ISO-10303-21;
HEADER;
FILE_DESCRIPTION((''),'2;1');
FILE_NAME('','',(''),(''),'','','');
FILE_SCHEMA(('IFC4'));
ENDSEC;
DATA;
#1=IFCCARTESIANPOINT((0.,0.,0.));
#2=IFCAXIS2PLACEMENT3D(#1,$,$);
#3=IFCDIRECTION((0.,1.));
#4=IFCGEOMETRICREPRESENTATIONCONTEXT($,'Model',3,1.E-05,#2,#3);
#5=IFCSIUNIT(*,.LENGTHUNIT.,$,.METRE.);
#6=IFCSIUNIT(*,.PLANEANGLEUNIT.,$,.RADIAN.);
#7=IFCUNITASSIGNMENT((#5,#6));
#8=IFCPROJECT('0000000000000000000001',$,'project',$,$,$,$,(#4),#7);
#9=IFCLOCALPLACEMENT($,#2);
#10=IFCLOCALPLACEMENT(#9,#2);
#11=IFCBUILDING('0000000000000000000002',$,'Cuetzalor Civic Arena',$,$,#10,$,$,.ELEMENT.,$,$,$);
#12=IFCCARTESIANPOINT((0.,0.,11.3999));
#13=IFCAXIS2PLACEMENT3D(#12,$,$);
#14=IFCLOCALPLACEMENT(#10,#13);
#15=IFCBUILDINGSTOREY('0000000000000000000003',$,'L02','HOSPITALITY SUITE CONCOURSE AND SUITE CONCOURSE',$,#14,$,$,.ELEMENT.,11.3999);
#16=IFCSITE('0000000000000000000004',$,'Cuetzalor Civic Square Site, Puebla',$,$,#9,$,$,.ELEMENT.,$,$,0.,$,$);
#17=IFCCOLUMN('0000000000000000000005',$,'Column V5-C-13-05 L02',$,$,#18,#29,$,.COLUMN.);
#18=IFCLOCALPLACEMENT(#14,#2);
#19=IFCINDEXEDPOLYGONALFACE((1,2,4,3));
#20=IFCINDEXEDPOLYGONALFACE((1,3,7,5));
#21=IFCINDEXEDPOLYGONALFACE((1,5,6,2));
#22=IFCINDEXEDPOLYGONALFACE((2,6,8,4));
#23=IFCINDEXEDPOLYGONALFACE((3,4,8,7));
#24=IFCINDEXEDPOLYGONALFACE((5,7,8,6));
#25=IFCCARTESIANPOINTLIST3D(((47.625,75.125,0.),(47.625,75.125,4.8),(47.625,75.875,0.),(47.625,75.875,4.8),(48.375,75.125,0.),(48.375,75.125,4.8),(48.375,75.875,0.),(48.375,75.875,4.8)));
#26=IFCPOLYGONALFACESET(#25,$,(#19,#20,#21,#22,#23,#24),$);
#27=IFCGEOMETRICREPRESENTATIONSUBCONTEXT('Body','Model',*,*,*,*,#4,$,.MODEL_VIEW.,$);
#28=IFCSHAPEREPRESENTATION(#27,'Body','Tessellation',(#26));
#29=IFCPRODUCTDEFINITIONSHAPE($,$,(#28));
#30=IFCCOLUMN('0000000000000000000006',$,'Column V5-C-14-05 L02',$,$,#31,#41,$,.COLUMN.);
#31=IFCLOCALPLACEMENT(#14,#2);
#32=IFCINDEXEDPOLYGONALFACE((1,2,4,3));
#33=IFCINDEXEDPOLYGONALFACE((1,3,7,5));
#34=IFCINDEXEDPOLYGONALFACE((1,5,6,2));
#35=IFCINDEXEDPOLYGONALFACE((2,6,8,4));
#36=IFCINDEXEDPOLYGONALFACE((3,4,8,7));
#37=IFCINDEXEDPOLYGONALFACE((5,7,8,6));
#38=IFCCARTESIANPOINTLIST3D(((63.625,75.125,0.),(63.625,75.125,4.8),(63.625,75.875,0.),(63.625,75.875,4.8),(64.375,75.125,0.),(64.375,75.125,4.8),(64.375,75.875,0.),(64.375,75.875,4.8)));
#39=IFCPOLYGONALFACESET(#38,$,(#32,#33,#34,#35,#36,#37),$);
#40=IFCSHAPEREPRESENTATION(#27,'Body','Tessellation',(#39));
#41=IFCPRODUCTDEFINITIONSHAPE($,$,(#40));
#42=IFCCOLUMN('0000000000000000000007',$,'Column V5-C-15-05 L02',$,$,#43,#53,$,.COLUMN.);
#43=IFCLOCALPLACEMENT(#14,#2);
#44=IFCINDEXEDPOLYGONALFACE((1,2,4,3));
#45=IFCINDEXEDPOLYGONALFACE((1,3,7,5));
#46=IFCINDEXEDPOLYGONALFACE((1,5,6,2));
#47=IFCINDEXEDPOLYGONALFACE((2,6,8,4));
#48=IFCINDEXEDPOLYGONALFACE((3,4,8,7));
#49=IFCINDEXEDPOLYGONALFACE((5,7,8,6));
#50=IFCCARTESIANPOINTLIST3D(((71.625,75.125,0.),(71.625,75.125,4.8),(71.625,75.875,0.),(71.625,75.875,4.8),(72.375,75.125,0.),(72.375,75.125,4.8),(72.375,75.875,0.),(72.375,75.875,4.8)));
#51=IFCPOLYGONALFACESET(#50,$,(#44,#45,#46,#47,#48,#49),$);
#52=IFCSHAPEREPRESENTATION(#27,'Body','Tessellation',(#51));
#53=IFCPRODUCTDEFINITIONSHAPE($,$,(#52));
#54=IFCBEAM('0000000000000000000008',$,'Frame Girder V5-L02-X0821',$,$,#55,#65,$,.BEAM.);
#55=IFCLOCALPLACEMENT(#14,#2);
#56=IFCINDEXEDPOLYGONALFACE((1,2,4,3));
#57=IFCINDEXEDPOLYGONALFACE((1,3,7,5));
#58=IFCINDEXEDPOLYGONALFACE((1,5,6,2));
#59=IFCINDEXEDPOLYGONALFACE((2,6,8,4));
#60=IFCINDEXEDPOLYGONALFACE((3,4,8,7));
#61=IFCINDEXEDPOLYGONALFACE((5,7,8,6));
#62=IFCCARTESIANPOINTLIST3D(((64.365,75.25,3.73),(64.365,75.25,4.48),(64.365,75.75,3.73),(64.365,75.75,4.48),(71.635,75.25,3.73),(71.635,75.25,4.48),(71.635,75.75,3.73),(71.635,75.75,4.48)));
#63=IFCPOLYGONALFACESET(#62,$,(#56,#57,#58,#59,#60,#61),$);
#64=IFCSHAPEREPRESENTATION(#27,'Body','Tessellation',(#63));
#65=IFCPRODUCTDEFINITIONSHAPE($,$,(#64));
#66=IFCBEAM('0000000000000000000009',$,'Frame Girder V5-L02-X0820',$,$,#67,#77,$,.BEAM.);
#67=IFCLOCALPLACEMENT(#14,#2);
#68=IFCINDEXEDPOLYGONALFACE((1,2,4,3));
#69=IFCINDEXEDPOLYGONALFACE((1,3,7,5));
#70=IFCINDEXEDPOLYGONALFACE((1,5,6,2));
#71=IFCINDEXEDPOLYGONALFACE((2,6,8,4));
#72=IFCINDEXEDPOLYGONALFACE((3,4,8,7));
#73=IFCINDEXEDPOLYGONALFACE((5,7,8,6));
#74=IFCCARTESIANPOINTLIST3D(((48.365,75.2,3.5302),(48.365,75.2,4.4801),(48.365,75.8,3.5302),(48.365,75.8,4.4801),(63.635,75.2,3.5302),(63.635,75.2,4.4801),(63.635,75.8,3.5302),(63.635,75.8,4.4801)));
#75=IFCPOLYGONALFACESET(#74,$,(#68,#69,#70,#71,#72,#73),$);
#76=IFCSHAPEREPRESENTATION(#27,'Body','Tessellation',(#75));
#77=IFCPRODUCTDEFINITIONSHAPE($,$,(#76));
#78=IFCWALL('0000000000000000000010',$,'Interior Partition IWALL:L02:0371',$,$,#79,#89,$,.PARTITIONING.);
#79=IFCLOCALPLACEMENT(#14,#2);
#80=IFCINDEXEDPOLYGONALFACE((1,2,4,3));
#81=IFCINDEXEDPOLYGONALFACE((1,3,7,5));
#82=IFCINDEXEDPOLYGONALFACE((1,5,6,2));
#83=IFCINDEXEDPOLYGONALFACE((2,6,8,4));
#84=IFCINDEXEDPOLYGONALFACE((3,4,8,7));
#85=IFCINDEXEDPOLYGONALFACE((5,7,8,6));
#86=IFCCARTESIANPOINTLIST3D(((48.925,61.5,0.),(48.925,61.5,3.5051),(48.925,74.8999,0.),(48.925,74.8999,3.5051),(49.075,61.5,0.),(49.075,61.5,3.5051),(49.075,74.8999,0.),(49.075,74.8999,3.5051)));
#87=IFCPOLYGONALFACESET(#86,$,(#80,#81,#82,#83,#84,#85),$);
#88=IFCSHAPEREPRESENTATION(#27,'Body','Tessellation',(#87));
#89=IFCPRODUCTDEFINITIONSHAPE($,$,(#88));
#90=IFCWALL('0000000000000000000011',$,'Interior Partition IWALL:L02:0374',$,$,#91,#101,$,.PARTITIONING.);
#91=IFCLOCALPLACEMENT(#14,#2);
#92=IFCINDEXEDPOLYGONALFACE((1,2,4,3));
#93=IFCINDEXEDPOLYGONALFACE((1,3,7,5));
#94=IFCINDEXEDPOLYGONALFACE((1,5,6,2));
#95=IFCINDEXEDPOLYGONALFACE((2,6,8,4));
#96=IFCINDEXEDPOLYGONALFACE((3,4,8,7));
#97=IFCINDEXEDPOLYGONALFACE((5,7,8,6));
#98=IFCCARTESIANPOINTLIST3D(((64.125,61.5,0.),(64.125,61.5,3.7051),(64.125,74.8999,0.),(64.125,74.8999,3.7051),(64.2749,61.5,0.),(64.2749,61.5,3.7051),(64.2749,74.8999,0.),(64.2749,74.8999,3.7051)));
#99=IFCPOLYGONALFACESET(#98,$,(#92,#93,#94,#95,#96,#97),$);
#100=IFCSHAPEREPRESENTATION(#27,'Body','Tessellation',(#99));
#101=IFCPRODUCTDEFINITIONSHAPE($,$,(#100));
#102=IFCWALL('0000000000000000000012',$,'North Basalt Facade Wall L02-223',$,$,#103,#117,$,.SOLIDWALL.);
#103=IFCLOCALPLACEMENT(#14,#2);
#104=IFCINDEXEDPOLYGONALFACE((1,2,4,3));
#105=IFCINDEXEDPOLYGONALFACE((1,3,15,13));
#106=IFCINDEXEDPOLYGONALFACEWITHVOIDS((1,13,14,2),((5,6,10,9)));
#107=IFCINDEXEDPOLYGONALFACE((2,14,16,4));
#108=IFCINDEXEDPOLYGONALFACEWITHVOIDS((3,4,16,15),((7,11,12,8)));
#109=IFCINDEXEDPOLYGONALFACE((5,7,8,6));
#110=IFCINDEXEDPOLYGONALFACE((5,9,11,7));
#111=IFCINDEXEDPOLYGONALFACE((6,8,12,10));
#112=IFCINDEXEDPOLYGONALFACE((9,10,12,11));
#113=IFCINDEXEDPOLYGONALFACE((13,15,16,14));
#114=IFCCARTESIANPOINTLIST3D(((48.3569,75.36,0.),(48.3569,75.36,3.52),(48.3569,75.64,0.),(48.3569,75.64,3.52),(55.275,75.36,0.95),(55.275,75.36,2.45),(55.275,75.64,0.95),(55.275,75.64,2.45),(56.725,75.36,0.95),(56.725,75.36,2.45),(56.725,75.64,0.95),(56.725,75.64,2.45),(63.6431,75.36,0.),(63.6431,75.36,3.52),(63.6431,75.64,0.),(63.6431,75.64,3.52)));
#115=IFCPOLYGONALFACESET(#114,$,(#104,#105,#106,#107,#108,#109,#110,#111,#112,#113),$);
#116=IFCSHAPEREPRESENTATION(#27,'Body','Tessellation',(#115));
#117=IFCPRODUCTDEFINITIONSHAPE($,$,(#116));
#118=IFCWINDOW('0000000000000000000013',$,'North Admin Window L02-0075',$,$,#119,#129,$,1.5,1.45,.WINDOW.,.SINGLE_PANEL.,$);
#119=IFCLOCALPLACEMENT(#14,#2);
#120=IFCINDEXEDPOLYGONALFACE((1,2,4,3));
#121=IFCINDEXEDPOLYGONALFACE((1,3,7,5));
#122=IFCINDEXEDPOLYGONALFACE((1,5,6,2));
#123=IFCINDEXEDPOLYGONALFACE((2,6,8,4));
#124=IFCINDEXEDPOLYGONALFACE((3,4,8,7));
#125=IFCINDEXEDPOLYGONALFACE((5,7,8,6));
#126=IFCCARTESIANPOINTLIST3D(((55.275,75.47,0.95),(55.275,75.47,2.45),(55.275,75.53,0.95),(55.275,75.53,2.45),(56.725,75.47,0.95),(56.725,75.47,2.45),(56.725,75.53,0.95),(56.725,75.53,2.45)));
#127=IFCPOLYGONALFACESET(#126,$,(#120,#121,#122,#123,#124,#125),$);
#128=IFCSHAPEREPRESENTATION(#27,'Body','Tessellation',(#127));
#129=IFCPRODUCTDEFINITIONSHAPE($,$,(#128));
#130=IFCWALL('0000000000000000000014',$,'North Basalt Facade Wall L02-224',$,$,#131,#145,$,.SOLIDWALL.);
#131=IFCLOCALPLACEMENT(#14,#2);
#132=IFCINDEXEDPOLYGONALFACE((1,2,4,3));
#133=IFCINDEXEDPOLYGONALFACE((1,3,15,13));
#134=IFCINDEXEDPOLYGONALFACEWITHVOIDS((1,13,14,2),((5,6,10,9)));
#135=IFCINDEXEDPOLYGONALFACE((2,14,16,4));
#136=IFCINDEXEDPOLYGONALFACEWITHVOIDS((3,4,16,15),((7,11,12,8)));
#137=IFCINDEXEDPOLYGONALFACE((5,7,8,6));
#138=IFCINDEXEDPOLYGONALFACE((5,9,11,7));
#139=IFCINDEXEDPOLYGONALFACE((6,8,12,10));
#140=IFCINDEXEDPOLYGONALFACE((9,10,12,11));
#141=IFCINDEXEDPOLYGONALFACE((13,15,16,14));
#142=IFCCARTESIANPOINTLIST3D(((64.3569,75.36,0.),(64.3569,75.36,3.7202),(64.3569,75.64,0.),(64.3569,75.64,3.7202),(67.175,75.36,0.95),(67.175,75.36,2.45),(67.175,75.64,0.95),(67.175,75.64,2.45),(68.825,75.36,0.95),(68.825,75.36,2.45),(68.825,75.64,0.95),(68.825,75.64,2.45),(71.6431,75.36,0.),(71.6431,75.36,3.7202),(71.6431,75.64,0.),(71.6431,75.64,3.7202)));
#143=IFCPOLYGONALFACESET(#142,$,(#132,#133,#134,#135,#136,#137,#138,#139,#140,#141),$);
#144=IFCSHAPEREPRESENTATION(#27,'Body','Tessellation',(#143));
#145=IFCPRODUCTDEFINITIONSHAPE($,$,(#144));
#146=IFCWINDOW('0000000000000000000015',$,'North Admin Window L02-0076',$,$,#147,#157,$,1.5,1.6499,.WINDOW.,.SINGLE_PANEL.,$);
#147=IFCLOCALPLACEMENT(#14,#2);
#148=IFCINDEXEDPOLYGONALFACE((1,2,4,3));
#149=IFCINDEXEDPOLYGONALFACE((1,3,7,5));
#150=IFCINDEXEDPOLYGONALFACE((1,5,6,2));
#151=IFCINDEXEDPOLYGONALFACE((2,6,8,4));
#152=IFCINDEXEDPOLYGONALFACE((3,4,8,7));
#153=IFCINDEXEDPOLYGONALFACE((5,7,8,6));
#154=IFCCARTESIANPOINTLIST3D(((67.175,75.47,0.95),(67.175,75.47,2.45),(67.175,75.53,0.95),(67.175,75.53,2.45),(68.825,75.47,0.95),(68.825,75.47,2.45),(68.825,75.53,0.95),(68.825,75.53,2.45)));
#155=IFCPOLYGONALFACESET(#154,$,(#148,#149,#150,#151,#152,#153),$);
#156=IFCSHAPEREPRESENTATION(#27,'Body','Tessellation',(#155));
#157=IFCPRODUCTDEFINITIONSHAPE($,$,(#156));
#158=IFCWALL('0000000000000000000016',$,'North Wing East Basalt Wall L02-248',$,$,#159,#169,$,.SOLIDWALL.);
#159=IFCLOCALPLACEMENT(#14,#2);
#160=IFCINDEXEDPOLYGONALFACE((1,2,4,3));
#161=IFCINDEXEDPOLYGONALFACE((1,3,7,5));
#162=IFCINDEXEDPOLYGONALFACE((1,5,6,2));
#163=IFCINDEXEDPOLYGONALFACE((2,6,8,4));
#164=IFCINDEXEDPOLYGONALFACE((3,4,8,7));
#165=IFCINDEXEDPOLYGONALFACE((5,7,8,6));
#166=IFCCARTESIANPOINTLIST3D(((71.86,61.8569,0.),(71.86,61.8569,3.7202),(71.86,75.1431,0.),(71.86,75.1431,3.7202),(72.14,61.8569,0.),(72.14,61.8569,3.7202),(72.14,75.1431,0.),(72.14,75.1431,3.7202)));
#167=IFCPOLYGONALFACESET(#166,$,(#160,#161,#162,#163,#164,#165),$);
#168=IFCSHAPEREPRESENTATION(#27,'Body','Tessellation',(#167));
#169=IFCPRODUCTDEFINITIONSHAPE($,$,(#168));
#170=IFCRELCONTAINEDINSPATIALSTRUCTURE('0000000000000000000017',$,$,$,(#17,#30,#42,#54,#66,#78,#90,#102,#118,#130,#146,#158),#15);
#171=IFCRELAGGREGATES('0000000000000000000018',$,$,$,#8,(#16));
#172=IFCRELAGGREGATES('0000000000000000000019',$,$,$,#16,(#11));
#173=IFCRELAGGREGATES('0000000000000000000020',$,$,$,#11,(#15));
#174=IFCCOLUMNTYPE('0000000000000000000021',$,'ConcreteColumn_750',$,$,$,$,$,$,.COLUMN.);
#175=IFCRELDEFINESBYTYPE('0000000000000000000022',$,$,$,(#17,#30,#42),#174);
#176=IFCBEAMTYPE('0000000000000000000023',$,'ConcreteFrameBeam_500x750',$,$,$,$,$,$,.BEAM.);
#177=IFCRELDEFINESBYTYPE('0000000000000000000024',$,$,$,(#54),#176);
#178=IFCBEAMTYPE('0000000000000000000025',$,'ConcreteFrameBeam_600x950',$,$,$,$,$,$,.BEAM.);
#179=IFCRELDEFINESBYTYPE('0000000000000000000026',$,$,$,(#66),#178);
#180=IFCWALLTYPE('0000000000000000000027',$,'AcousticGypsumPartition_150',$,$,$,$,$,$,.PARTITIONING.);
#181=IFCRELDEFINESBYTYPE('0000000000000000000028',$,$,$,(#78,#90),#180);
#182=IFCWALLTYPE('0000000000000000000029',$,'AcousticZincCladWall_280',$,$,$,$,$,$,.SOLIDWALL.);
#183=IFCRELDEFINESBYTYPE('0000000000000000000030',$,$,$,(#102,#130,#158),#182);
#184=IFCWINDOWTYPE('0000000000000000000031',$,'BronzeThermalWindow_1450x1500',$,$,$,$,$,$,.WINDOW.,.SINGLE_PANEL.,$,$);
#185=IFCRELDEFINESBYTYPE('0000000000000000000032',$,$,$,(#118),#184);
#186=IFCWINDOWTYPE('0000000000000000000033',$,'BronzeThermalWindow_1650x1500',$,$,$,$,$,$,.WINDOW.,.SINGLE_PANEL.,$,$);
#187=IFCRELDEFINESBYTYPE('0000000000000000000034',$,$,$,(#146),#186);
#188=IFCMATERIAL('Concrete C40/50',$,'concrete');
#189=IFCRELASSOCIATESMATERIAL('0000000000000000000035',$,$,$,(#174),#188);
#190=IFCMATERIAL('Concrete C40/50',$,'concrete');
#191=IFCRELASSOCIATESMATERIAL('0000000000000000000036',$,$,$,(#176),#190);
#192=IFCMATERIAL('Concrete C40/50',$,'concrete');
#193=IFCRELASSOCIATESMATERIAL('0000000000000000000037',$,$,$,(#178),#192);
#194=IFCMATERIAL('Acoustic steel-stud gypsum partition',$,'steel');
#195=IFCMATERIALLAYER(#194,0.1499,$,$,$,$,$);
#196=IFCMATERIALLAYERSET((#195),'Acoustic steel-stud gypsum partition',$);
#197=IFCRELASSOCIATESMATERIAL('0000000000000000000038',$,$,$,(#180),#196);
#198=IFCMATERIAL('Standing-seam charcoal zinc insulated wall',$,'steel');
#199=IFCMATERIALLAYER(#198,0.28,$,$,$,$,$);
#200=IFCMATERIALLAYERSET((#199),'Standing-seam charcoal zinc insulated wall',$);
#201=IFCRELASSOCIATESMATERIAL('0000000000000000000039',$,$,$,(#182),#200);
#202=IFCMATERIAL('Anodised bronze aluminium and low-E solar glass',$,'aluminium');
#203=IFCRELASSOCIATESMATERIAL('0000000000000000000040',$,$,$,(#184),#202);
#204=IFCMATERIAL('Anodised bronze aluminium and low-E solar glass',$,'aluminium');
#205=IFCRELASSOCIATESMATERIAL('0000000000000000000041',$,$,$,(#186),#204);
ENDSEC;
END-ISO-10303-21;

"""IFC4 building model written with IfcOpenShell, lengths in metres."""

from ifc_helpers import new_model, si_unit, direction, frame, frame_2d, origin, origin_2d, place, context, subcontext, project, spatial, rectangle, extrude, material, layer, layer_set, material_profile, profile_set, type_object, element, fill, save


model = new_model("IFC4")

# Units and contexts
model_context = context("Model", 3, precision=1e-05, world=origin(), true_north=direction((0.0, 1.0)))
body_context = subcontext(model_context, "Body", "Model", "MODEL_VIEW")
ifc_project = project(units=[si_unit("LENGTHUNIT", "METRE"), si_unit("PLANEANGLEUNIT", "RADIAN")], contexts=[model_context])

# Site, building, storey
site_placement = place(None, origin())
site = spatial("IfcSite", under=ifc_project, at=site_placement, Name="Cuetzalor Civic Square Site, Puebla", CompositionType="ELEMENT", RefElevation=0.0)
building_placement = place(site_placement, origin())
building = spatial("IfcBuilding", under=site, at=building_placement, Name="Cuetzalor Civic Arena", CompositionType="ELEMENT")
storey_placement = place(building_placement, frame((0.0, 0.0, 11.3999)))
storey = spatial("IfcBuildingStorey", under=building, at=storey_placement, Name="L02", Description="HOSPITALITY SUITE CONCOURSE AND SUITE CONCOURSE", CompositionType="ELEMENT", Elevation=11.3999)

# Columns
ifc_material_1 = material(Name="Concrete C40/50", Category="concrete")
ifc_material_profile_1 = material_profile(ifc_material_1, rectangle(XDim=0.75, YDim=0.75, at=origin_2d()), Name="RC 750x750")
ifc_profile_set_1 = profile_set([ifc_material_profile_1], Name="Concrete C40/50")
column_type = type_object("IfcColumnType", Name="ConcreteColumn_750", PredefinedType="COLUMN", material=ifc_profile_set_1)
for number, where, z_axis, x_axis, name in (
    (1, (48.0, 75.5, 0.0), (0.0, 0.0, 1.0), (1.0, 0.0, 0.0), "Column V5-C-13-05 L02"),
    (2, (64.0, 75.5, 0.0), (0.0, 0.0, 1.0), (1.0, 0.0, 0.0), "Column V5-C-14-05 L02"),
    (3, (72.0, 75.5, 0.0), (0.0, 0.0, 1.0), (1.0, 0.0, 0.0), "Column V5-C-15-05 L02"),
):
    element("IfcColumn", number, at=place(storey_placement, frame(where, z_axis=z_axis, x_axis=x_axis)), inside=storey, type_object=column_type, Name=name, PredefinedType="COLUMN", context=body_context, shape_type="SweptSolid", body=[
        extrude(rectangle(XDim=0.75, YDim=0.75, at=origin_2d()), origin(), (0.0, 0.0, 1.0), 4.8),
    ])

# Beams
ifc_material_2 = material(Name="Concrete C40/50", Category="concrete")
ifc_material_profile_2 = material_profile(ifc_material_2, rectangle(XDim=0.5, YDim=0.75, at=origin_2d()), Name="RC 500x750")
ifc_profile_set_2 = profile_set([ifc_material_profile_2], Name="Concrete C40/50")
beam_type_1 = type_object("IfcBeamType", Name="ConcreteFrameBeam_500x750", PredefinedType="BEAM", material=ifc_profile_set_2)
beam_1_placement = place(storey_placement, frame((64.365, 75.5, 4.105), z_axis=(1.0, 0.0, 0.0), x_axis=(0.0, 1.0, 0.0)))
element("IfcBeam", 4, at=beam_1_placement, inside=storey, type_object=beam_type_1, Name="Frame Girder V5-L02-X0821", PredefinedType="BEAM", context=body_context, shape_type="SweptSolid", body=[
    extrude(rectangle(XDim=0.5, YDim=0.75, at=origin_2d()), origin(), (0.0, 0.0, 1.0), 7.27),
])
ifc_material_3 = material(Name="Concrete C40/50", Category="concrete")
ifc_material_profile_3 = material_profile(ifc_material_3, rectangle(XDim=0.6001, YDim=0.95, at=origin_2d()), Name="RC 600x950")
ifc_profile_set_3 = profile_set([ifc_material_profile_3], Name="Concrete C40/50")
beam_type_2 = type_object("IfcBeamType", Name="ConcreteFrameBeam_600x950", PredefinedType="BEAM", material=ifc_profile_set_3)
beam_2_placement = place(storey_placement, frame((48.365, 75.5, 4.0051), z_axis=(1.0, 0.0, 0.0), x_axis=(0.0, 1.0, 0.0)))
element("IfcBeam", 5, at=beam_2_placement, inside=storey, type_object=beam_type_2, Name="Frame Girder V5-L02-X0820", PredefinedType="BEAM", context=body_context, shape_type="SweptSolid", body=[
    extrude(rectangle(XDim=0.6001, YDim=0.95, at=origin_2d()), origin(), (0.0, 0.0, 1.0), 15.27),
])

# Walls
ifc_material_4 = material(Name="Acoustic steel-stud gypsum partition", Category="steel")
ifc_layer_1 = layer(ifc_material_4, 0.1499)
ifc_layer_set_1 = layer_set([ifc_layer_1], Name="Acoustic steel-stud gypsum partition")
wall_type_1 = type_object("IfcWallType", Name="AcousticGypsumPartition_150", PredefinedType="PARTITIONING", material=ifc_layer_set_1)
wall_1_placement = place(storey_placement, frame((49.0, 74.8999, 0.0), z_axis=(0.0, 0.0, 1.0), x_axis=(0.0, -1.0, 0.0)))
element("IfcWall", 6, at=wall_1_placement, inside=storey, type_object=wall_type_1, Name="Interior Partition IWALL:L02:0371", PredefinedType="PARTITIONING", context=body_context, shape_type="SweptSolid", body=[
    extrude(rectangle(XDim=13.3999, YDim=0.1499, at=frame_2d((6.7, 0.0))), origin(), (0.0, 0.0, 1.0), 3.5051),
])
wall_2_placement = place(storey_placement, frame((64.2, 74.8999, 0.0), z_axis=(0.0, 0.0, 1.0), x_axis=(0.0, -1.0, 0.0)))
element("IfcWall", 7, at=wall_2_placement, inside=storey, type_object=wall_type_1, Name="Interior Partition IWALL:L02:0374", PredefinedType="PARTITIONING", context=body_context, shape_type="SweptSolid", body=[
    extrude(rectangle(XDim=13.3999, YDim=0.1499, at=frame_2d((6.7, 0.0))), origin(), (0.0, 0.0, 1.0), 3.7051),
])

# Walls, openings, windows
ifc_material_5 = material(Name="Standing-seam charcoal zinc insulated wall", Category="steel")
ifc_layer_2 = layer(ifc_material_5, 0.28)
ifc_layer_set_2 = layer_set([ifc_layer_2], Name="Standing-seam charcoal zinc insulated wall")
wall_type_2 = type_object("IfcWallType", Name="AcousticZincCladWall_280", PredefinedType="SOLIDWALL", material=ifc_layer_set_2)
wall_3_placement = place(storey_placement, frame((48.3569, 75.5, 0.0), z_axis=(0.0, 0.0, 1.0), x_axis=(1.0, 0.0, 0.0)))
wall_3 = element("IfcWall", 8, at=wall_3_placement, inside=storey, type_object=wall_type_2, Name="North Basalt Facade Wall L02-223", PredefinedType="SOLIDWALL", context=body_context, shape_type="SweptSolid", body=[
    extrude(rectangle(XDim=15.2861, YDim=0.28, at=frame_2d((7.6431, 0.0))), origin(), (0.0, 0.0, 1.0), 3.52),
])
opening_1_placement = place(wall_3_placement, frame((6.918, 0.0, 0.95)))
opening_1 = element("IfcOpeningElement", 9, at=opening_1_placement, cuts=wall_3, PredefinedType="OPENING", context=body_context, shape_type="SweptSolid", body=[
    extrude(rectangle(XDim=1.45, YDim=1.5, at=frame_2d((0.7251, 0.75))), frame((0.0, 0.1499, 0.0), z_axis=(0.0, -1.0, 0.0), x_axis=(1.0, 0.0, 0.0)), (0.0, 0.0, 1.0), 0.3),
])
ifc_material_6 = material(Name="Anodised bronze aluminium and low-E solar glass", Category="aluminium")
window_type_1 = type_object("IfcWindowType", Name="BronzeThermalWindow_1450x1500", PartitioningType="SINGLE_PANEL", PredefinedType="WINDOW", material=ifc_material_6)
window_1_placement = place(opening_1_placement, origin())
window_1 = element("IfcWindow", 10, at=window_1_placement, inside=storey, type_object=window_type_1, Name="North Admin Window L02-0075", OverallHeight=1.5, OverallWidth=1.45, PartitioningType="SINGLE_PANEL", PredefinedType="WINDOW", context=body_context, shape_type="SweptSolid", body=[
    extrude(rectangle(XDim=1.45, YDim=1.5, at=frame_2d((0.7251, 0.75))), frame((0.0, 0.03, 0.0), z_axis=(0.0, -1.0, 0.0), x_axis=(1.0, 0.0, 0.0)), (0.0, 0.0, 1.0), 0.0601),
])
fill(opening_1, window_1)
wall_4_placement = place(storey_placement, frame((64.3569, 75.5, 0.0), z_axis=(0.0, 0.0, 1.0), x_axis=(1.0, 0.0, 0.0)))
wall_4 = element("IfcWall", 11, at=wall_4_placement, inside=storey, type_object=wall_type_2, Name="North Basalt Facade Wall L02-224", PredefinedType="SOLIDWALL", context=body_context, shape_type="SweptSolid", body=[
    extrude(rectangle(XDim=7.2861, YDim=0.28, at=frame_2d((3.6431, 0.0))), origin(), (0.0, 0.0, 1.0), 3.7202),
])
opening_2_placement = place(wall_4_placement, frame((2.8181, 0.0, 0.95)))
opening_2 = element("IfcOpeningElement", 12, at=opening_2_placement, cuts=wall_4, PredefinedType="OPENING", context=body_context, shape_type="SweptSolid", body=[
    extrude(rectangle(XDim=1.6499, YDim=1.5, at=frame_2d((0.825, 0.75))), frame((0.0, 0.1499, 0.0), z_axis=(0.0, -1.0, 0.0), x_axis=(1.0, 0.0, 0.0)), (0.0, 0.0, 1.0), 0.3),
])
ifc_material_7 = material(Name="Anodised bronze aluminium and low-E solar glass", Category="aluminium")
window_type_2 = type_object("IfcWindowType", Name="BronzeThermalWindow_1650x1500", PartitioningType="SINGLE_PANEL", PredefinedType="WINDOW", material=ifc_material_7)
window_2_placement = place(opening_2_placement, origin())
window_2 = element("IfcWindow", 13, at=window_2_placement, inside=storey, type_object=window_type_2, Name="North Admin Window L02-0076", OverallHeight=1.5, OverallWidth=1.6499, PartitioningType="SINGLE_PANEL", PredefinedType="WINDOW", context=body_context, shape_type="SweptSolid", body=[
    extrude(rectangle(XDim=1.6499, YDim=1.5, at=frame_2d((0.825, 0.75))), frame((0.0, 0.03, 0.0), z_axis=(0.0, -1.0, 0.0), x_axis=(1.0, 0.0, 0.0)), (0.0, 0.0, 1.0), 0.0601),
])
fill(opening_2, window_2)

# Wall
wall_5_placement = place(storey_placement, frame((72.0, 75.1431, 0.0), z_axis=(0.0, 0.0, 1.0), x_axis=(0.0, -1.0, 0.0)))
element("IfcWall", 14, at=wall_5_placement, inside=storey, type_object=wall_type_2, Name="North Wing East Basalt Wall L02-248", PredefinedType="SOLIDWALL", context=body_context, shape_type="SweptSolid", body=[
    extrude(rectangle(XDim=13.2861, YDim=0.28, at=frame_2d((6.6431, 0.0))), origin(), (0.0, 0.0, 1.0), 3.7202),
])

save(model, "model.ifc")
